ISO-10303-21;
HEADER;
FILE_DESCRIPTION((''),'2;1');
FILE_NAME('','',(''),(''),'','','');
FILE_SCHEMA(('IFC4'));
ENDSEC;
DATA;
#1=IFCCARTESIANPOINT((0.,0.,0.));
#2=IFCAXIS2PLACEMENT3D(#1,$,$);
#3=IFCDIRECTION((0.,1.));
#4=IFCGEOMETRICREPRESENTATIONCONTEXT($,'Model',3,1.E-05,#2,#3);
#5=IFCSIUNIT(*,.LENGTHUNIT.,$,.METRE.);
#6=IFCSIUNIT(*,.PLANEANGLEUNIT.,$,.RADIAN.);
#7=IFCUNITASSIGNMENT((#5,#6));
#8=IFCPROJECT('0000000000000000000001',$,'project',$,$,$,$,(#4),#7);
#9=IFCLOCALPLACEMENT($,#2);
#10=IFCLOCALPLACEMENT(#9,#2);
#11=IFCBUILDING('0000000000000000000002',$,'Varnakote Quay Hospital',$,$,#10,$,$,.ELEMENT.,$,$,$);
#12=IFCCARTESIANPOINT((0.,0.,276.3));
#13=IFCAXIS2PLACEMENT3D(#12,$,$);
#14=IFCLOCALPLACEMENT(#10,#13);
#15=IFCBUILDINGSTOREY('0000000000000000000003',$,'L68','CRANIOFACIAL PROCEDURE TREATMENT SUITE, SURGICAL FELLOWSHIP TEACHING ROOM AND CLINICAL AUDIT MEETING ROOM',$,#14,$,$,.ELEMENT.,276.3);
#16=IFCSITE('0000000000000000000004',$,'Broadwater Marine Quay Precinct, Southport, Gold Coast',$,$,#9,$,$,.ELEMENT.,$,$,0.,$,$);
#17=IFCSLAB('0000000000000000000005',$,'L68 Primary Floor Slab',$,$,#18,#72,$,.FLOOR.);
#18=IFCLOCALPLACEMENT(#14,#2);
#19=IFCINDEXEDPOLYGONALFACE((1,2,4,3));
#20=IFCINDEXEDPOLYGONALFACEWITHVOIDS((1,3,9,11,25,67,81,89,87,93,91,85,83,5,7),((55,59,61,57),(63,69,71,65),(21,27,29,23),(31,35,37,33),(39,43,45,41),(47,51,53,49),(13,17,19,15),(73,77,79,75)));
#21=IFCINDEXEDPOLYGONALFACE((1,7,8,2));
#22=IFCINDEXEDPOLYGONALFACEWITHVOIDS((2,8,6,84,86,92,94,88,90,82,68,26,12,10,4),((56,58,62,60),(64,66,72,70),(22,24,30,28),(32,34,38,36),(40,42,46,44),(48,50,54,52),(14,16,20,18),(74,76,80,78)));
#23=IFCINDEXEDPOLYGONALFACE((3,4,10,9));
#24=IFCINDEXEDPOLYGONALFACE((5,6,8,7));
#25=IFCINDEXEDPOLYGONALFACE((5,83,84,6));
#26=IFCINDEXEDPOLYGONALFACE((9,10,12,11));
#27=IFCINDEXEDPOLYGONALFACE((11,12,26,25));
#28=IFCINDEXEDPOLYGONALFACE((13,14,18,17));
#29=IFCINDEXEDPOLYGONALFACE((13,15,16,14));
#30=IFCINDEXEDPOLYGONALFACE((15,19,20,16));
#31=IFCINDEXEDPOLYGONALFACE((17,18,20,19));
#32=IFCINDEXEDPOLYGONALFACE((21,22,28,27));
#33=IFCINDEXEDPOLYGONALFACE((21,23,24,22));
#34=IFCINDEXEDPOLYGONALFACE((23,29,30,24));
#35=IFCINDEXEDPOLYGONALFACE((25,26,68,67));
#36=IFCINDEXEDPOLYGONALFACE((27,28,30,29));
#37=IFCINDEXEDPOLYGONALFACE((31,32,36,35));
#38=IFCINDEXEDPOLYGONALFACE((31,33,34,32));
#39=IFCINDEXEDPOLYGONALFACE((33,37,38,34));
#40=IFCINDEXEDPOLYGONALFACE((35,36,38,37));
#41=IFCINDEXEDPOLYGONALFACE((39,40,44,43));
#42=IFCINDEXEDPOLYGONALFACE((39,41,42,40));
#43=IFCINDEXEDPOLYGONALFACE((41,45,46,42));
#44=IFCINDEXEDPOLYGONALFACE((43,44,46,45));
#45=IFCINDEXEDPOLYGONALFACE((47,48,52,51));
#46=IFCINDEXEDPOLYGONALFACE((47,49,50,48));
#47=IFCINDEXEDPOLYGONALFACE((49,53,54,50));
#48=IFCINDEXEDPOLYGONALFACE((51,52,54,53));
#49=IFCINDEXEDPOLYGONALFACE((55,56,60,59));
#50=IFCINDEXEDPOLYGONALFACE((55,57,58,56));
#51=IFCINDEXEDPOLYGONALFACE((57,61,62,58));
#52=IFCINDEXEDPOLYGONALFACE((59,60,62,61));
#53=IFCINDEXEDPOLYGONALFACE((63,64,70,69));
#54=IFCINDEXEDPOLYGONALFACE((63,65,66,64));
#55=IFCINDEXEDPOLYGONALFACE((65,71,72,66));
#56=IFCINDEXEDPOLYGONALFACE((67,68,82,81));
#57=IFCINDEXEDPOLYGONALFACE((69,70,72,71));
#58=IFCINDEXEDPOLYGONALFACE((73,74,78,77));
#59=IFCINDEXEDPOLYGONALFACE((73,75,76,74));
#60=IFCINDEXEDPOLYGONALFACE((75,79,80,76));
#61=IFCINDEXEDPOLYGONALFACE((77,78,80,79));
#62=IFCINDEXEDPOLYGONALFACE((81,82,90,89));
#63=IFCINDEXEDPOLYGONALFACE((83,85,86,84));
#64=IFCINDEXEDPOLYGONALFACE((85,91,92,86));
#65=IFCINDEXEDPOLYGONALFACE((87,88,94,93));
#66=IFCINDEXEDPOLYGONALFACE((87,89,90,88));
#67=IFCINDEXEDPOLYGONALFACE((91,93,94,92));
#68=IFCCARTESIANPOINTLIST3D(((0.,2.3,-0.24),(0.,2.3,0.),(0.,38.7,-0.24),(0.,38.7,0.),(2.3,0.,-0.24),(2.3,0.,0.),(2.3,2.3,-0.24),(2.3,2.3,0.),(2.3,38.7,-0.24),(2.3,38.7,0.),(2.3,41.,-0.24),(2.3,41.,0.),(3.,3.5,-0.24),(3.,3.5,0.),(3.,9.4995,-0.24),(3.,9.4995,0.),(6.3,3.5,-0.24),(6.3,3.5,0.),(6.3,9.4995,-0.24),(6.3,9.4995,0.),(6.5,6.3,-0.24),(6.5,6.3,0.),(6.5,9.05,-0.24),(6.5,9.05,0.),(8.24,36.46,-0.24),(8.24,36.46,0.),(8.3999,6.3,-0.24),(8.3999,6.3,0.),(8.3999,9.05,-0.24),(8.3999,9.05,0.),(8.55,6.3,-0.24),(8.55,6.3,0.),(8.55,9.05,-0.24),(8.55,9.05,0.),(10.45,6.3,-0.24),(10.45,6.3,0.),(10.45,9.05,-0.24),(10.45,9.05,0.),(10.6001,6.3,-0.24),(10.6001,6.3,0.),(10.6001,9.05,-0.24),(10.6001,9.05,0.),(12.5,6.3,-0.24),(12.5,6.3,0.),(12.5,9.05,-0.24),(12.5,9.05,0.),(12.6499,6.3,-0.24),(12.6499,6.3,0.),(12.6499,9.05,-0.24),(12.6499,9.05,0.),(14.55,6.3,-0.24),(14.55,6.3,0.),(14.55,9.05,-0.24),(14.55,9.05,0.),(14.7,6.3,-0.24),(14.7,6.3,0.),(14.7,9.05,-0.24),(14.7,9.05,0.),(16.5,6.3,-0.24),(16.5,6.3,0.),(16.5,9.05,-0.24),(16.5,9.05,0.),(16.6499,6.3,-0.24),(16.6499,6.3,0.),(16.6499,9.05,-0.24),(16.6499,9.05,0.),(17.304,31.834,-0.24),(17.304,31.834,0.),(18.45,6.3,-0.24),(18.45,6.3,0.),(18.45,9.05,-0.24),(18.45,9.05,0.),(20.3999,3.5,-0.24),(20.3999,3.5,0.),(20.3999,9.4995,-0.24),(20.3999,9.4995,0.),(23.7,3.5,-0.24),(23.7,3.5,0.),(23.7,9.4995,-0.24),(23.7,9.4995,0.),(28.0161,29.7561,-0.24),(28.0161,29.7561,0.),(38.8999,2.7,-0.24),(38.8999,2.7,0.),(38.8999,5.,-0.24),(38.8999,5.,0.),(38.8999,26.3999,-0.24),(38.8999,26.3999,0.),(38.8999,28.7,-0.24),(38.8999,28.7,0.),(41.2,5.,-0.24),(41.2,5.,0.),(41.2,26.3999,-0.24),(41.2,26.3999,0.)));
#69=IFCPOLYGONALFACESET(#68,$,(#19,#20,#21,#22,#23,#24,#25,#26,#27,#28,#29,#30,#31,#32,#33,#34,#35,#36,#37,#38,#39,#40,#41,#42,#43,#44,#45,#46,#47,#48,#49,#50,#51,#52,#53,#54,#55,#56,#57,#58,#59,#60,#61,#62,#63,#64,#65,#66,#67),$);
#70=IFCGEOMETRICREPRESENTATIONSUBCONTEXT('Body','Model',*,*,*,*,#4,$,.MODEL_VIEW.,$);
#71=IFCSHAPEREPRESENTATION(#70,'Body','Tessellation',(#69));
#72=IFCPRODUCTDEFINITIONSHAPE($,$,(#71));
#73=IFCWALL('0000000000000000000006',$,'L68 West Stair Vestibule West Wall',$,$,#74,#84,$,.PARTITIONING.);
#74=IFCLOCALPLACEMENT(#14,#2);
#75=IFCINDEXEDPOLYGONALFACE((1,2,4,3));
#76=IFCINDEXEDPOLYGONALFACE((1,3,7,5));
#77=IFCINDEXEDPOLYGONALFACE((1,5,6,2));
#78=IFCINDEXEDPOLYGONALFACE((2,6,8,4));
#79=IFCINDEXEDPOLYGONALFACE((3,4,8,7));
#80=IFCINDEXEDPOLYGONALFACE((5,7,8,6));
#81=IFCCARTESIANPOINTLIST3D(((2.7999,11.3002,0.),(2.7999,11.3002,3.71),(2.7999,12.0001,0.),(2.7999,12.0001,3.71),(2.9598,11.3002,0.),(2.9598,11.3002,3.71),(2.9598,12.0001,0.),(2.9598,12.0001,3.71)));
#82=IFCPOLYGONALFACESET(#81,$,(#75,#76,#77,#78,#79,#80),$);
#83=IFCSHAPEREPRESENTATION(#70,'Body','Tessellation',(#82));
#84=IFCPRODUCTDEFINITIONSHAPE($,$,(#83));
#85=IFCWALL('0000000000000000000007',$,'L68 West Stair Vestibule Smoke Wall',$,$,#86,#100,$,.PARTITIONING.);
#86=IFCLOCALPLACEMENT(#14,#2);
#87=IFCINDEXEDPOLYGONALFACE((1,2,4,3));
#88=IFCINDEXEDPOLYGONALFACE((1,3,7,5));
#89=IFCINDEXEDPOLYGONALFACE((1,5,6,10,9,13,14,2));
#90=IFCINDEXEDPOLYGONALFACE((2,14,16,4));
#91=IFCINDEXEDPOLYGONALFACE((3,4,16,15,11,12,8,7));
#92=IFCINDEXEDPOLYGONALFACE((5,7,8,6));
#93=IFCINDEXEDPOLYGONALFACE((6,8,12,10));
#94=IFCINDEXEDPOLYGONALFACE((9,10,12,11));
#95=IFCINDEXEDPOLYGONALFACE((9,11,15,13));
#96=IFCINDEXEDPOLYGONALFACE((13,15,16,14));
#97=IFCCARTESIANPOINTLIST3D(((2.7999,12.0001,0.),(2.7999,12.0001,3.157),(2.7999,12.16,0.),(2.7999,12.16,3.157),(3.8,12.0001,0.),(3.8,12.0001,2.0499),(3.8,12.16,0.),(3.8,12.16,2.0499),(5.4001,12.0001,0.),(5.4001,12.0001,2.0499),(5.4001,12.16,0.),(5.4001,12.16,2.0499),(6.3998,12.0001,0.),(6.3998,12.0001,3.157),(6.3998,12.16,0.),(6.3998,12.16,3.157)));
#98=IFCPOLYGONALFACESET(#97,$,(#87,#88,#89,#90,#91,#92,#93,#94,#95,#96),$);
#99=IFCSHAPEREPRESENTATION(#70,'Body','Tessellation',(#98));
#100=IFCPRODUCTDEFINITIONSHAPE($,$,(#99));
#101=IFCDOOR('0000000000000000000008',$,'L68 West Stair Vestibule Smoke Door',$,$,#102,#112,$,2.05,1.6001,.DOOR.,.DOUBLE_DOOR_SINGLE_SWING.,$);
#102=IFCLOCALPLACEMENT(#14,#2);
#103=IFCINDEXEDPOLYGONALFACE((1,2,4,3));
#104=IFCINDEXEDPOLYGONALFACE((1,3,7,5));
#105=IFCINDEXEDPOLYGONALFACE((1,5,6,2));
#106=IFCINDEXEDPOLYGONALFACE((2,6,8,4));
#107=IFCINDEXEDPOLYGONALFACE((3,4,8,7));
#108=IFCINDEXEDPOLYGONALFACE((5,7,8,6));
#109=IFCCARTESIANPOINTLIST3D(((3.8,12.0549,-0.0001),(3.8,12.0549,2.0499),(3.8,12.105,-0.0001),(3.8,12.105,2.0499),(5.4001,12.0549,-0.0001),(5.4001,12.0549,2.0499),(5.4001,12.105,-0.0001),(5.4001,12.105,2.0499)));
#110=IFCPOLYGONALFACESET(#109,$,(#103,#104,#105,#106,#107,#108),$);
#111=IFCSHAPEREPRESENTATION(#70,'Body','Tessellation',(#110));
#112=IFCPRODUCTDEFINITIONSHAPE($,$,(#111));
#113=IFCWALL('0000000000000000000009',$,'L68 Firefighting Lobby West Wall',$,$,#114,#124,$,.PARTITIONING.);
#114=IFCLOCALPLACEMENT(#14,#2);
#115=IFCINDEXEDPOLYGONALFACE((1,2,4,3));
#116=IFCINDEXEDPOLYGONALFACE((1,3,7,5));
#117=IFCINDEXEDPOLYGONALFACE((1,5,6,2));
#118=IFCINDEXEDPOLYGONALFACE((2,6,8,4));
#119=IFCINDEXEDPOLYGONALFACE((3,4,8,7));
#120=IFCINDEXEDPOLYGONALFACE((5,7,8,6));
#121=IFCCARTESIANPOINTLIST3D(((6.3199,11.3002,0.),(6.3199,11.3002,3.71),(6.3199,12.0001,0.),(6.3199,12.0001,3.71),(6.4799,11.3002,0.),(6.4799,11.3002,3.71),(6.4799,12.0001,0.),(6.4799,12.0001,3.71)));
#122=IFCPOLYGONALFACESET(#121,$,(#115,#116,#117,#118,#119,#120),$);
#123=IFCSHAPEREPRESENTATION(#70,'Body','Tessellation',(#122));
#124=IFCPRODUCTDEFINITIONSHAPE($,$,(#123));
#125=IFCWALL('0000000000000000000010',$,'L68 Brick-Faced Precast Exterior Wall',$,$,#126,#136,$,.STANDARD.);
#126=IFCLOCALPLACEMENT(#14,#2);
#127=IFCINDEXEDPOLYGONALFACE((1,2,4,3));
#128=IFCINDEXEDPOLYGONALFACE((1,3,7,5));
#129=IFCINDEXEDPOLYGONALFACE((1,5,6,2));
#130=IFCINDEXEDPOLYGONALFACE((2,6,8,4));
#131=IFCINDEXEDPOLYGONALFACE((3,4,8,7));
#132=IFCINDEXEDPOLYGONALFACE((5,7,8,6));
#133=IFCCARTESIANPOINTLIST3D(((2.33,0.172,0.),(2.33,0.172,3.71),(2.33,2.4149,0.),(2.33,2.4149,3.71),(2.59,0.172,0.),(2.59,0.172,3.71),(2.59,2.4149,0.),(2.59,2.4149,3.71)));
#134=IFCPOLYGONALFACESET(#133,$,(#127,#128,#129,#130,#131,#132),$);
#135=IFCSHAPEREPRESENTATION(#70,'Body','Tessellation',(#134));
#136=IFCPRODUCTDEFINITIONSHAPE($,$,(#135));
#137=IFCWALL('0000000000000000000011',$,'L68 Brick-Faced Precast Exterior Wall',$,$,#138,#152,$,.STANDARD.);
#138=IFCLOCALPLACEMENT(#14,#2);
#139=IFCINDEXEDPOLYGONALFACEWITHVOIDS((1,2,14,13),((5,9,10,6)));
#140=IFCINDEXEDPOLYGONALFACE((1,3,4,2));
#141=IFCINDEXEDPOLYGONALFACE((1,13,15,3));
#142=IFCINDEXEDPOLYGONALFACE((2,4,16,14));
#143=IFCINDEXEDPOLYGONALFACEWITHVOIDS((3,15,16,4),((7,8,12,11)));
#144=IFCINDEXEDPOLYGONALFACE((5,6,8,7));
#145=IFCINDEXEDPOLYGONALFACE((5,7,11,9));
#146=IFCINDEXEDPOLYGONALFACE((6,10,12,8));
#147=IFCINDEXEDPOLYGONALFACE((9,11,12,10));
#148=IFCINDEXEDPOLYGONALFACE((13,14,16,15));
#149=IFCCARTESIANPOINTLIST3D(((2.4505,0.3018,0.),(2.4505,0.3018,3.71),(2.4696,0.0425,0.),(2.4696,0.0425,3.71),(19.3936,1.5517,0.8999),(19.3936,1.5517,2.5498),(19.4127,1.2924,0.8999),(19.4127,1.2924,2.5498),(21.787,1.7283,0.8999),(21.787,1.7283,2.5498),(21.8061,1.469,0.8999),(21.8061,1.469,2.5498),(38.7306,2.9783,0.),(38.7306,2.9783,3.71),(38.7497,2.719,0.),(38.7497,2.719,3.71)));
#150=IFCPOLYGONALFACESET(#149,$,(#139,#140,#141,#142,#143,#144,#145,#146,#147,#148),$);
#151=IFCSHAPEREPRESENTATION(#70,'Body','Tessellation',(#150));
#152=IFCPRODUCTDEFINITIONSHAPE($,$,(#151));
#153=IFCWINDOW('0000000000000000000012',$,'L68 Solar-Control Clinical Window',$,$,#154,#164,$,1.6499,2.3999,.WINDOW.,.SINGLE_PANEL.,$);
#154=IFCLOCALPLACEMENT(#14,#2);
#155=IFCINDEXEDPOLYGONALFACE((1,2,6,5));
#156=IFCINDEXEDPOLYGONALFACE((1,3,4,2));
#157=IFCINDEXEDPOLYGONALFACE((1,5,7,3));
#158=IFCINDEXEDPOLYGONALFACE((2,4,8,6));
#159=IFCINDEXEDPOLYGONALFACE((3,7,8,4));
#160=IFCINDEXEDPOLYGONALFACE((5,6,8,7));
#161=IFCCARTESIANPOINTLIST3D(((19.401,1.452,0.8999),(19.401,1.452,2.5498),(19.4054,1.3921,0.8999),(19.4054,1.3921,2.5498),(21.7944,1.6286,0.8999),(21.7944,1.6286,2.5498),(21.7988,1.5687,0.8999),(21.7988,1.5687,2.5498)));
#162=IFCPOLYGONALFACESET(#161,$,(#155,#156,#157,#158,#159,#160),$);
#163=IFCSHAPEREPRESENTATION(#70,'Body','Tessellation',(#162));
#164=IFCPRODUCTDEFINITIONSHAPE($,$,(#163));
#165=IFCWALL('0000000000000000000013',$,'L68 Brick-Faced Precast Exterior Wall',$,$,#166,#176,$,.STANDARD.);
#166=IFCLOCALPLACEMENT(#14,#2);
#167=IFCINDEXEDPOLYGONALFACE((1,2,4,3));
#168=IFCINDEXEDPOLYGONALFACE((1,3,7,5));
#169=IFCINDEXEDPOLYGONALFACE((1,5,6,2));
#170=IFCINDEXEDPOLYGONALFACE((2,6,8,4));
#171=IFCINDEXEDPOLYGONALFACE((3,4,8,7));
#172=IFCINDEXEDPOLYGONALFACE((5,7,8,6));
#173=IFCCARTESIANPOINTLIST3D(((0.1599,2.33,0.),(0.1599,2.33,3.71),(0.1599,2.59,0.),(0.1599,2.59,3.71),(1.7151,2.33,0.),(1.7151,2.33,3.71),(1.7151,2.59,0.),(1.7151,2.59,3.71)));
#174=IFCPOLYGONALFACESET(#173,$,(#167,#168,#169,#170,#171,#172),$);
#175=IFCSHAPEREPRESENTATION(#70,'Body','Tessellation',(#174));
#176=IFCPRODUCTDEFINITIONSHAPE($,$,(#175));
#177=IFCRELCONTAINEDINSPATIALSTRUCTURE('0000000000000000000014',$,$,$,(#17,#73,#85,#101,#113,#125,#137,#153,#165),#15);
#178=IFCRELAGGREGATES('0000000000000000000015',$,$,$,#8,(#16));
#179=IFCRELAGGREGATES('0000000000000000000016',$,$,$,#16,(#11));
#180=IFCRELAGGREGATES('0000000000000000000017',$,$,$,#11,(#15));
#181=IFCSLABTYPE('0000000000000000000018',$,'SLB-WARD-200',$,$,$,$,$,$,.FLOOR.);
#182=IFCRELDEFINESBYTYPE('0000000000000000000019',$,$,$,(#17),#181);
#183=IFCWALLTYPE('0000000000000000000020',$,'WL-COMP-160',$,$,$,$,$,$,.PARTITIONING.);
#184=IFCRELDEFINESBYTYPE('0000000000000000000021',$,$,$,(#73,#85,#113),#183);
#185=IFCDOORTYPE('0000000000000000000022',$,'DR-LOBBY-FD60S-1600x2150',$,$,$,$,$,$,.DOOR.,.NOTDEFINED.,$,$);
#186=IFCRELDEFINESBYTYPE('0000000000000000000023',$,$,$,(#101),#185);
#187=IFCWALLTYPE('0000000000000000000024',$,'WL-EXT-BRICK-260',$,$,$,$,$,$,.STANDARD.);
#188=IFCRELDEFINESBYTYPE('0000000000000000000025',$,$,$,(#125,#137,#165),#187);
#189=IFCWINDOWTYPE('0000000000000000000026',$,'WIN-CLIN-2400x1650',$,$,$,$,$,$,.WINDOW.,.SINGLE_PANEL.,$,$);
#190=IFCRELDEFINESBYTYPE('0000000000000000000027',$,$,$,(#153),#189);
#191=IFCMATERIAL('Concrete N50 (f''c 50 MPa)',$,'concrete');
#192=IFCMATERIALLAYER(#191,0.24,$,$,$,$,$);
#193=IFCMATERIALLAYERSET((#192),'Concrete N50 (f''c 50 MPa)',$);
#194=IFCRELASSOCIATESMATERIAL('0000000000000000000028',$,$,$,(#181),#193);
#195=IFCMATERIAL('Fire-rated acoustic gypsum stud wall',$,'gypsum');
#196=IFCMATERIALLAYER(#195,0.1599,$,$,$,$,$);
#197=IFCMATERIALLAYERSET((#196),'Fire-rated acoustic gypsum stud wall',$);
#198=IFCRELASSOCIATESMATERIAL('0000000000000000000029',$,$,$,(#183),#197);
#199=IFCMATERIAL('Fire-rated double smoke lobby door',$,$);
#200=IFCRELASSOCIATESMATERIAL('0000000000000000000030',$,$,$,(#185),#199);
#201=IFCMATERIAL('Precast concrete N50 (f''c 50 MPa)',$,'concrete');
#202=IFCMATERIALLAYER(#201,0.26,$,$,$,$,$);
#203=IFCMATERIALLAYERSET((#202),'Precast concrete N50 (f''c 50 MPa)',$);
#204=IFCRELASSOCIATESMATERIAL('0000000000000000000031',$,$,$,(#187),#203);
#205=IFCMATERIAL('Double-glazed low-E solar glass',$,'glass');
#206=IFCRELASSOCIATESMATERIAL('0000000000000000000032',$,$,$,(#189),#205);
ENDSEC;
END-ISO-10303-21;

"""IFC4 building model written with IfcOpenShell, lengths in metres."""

from ifc_helpers import new_model, si_unit, direction, frame, frame_2d, origin, place, context, subcontext, project, spatial, polyline, rectangle, outline, extrude, material, layer, layer_set, type_object, element, fill, save


model = new_model("IFC4")

# Units and contexts
model_context = context("Model", 3, precision=1e-05, world=origin(), true_north=direction((0.0, 1.0)))
body_context = subcontext(model_context, "Body", "Model", "MODEL_VIEW")
ifc_project = project(units=[si_unit("LENGTHUNIT", "METRE"), si_unit("PLANEANGLEUNIT", "RADIAN")], contexts=[model_context])

# Site, building, storey
site_placement = place(None, origin())
site = spatial("IfcSite", under=ifc_project, at=site_placement, Name="Broadwater Marine Quay Precinct, Southport, Gold Coast", CompositionType="ELEMENT", RefElevation=0.0)
building_placement = place(site_placement, origin())
building = spatial("IfcBuilding", under=site, at=building_placement, Name="Varnakote Quay Hospital", CompositionType="ELEMENT")
storey_placement = place(building_placement, frame((0.0, 0.0, 276.3)))
storey = spatial("IfcBuildingStorey", under=building, at=storey_placement, Name="L68", Description="CRANIOFACIAL PROCEDURE TREATMENT SUITE, SURGICAL FELLOWSHIP TEACHING ROOM AND CLINICAL AUDIT MEETING ROOM", CompositionType="ELEMENT", Elevation=276.3)

# Slab
ifc_material_1 = material(Name="Concrete N50 (f'c 50 MPa)", Category="concrete")
ifc_layer_1 = layer(ifc_material_1, 0.24)
ifc_layer_set_1 = layer_set([ifc_layer_1], Name="Concrete N50 (f'c 50 MPa)")
slab_type_1 = type_object("IfcSlabType", Name="SLB-WARD-200", PredefinedType="FLOOR", material=ifc_layer_set_1)
slab_1_placement = place(storey_placement, frame((0.0, 0.0, -0.24)))
element("IfcSlab", 1, at=slab_1_placement, inside=storey, type_object=slab_type_1, Name="L68 Primary Floor Slab", PredefinedType="FLOOR", context=body_context, shape_type="SweptSolid", body=[
    extrude(outline(polyline([(0.0, 2.3), (2.3, 2.3), (2.3, 0.0), (38.8999, 2.7), (38.8999, 5.0), (41.2, 5.0), (41.2, 26.3999), (38.8999, 26.3999), (38.8999, 28.7), (28.0161, 29.7561), (17.304, 31.834), (8.24, 36.46), (2.3, 41.0), (2.3, 38.7), (0.0, 38.7), (0.0, 2.3)]), holes=[polyline([(3.0, 3.5), (6.3, 3.5), (6.3, 9.4995), (3.0, 9.4995), (3.0, 3.5)]), polyline([(20.3999, 3.5), (23.7, 3.5), (23.7, 9.4995), (20.3999, 9.4995), (20.3999, 3.5)]), polyline([(6.5, 6.3), (8.3999, 6.3), (8.3999, 9.05), (6.5, 9.05), (6.5, 6.3)]), polyline([(8.55, 6.3), (10.45, 6.3), (10.45, 9.05), (8.55, 9.05), (8.55, 6.3)]), polyline([(10.6001, 6.3), (12.5, 6.3), (12.5, 9.05), (10.6001, 9.05), (10.6001, 6.3)]), polyline([(12.6499, 6.3), (14.55, 6.3), (14.55, 9.05), (12.6499, 9.05), (12.6499, 6.3)]), polyline([(14.7, 6.3), (16.5, 6.3), (16.5, 9.05), (14.7, 9.05), (14.7, 6.3)]), polyline([(16.6499, 6.3), (18.45, 6.3), (18.45, 9.05), (16.6499, 9.05), (16.6499, 6.3)])]), origin(), (0.0, 0.0, 1.0), 0.24),
])

# Wall
ifc_material_2 = material(Name="Fire-rated acoustic gypsum stud wall", Category="gypsum")
ifc_layer_2 = layer(ifc_material_2, 0.1599)
ifc_layer_set_2 = layer_set([ifc_layer_2], Name="Fire-rated acoustic gypsum stud wall")
wall_type_1 = type_object("IfcWallType", Name="WL-COMP-160", PredefinedType="PARTITIONING", material=ifc_layer_set_2)
wall_1_placement = place(storey_placement, frame((2.8799, 11.3, 0.0), z_axis=(0.0, 0.0, 1.0), x_axis=(0.0, 1.0, 0.0)))
element("IfcWall", 2, at=wall_1_placement, inside=storey, type_object=wall_type_1, Name="L68 West Stair Vestibule West Wall", PredefinedType="PARTITIONING", context=body_context, shape_type="SweptSolid", body=[
    extrude(rectangle(XDim=0.7, YDim=0.1599, at=frame_2d((0.3501, 0.0))), origin(), (0.0, 0.0, 1.0), 3.71),
])

# Wall, opening, door
wall_2_placement = place(storey_placement, frame((2.8, 12.0801, 0.0), z_axis=(0.0, 0.0, 1.0), x_axis=(1.0, 0.0, 0.0)))
wall_2 = element("IfcWall", 3, at=wall_2_placement, inside=storey, type_object=wall_type_1, Name="L68 West Stair Vestibule Smoke Wall", PredefinedType="PARTITIONING", context=body_context, shape_type="SweptSolid", body=[
    extrude(rectangle(XDim=3.5999, YDim=0.1599, at=frame_2d((1.7998, 0.0))), origin(), (0.0, 0.0, 1.0), 3.157),
])
opening_1_placement = place(wall_2_placement, frame((1.0, 0.0, 0.0)))
opening_1 = element("IfcOpeningElement", 4, at=opening_1_placement, cuts=wall_2, PredefinedType="OPENING", context=body_context, shape_type="SweptSolid", body=[
    extrude(rectangle(XDim=1.6001, YDim=2.05, at=frame_2d((0.8, 1.0249))), frame((0.0, 0.0898, 0.0), z_axis=(0.0, -1.0, 0.0), x_axis=(1.0, 0.0, 0.0)), (0.0, 0.0, 1.0), 0.1799),
])
ifc_material_3 = material(Name="Fire-rated double smoke lobby door")
door_type_1 = type_object("IfcDoorType", Name="DR-LOBBY-FD60S-1600x2150", OperationType="NOTDEFINED", PredefinedType="DOOR", material=ifc_material_3)
door_1_placement = place(opening_1_placement, origin())
door_1 = element("IfcDoor", 5, at=door_1_placement, inside=storey, type_object=door_type_1, Name="L68 West Stair Vestibule Smoke Door", OperationType="DOUBLE_DOOR_SINGLE_SWING", OverallHeight=2.05, OverallWidth=1.6001, PredefinedType="DOOR", context=body_context, shape_type="SweptSolid", body=[
    extrude(rectangle(XDim=1.6001, YDim=2.05, at=frame_2d((0.8, 1.0249))), frame((0.0, 0.0249, 0.0), z_axis=(0.0, -1.0, 0.0), x_axis=(1.0, 0.0, 0.0)), (0.0, 0.0, 1.0), 0.05),
])
fill(opening_1, door_1)

# Walls
wall_3_placement = place(storey_placement, frame((6.3999, 11.3, 0.0), z_axis=(0.0, 0.0, 1.0), x_axis=(0.0, 1.0, 0.0)))
element("IfcWall", 6, at=wall_3_placement, inside=storey, type_object=wall_type_1, Name="L68 Firefighting Lobby West Wall", PredefinedType="PARTITIONING", context=body_context, shape_type="SweptSolid", body=[
    extrude(rectangle(XDim=0.7, YDim=0.1599, at=frame_2d((0.3501, 0.0))), origin(), (0.0, 0.0, 1.0), 3.71),
])
ifc_material_4 = material(Name="Precast concrete N50 (f'c 50 MPa)", Category="concrete")
ifc_layer_3 = layer(ifc_material_4, 0.26)
ifc_layer_set_3 = layer_set([ifc_layer_3], Name="Precast concrete N50 (f'c 50 MPa)")
wall_type_2 = type_object("IfcWallType", Name="WL-EXT-BRICK-260", PredefinedType="STANDARD", material=ifc_layer_set_3)
wall_4_placement = place(storey_placement, frame((2.46, 2.415, 0.0), z_axis=(0.0, 0.0, 1.0), x_axis=(0.0, -1.0, 0.0)))
element("IfcWall", 7, at=wall_4_placement, inside=storey, type_object=wall_type_2, Name="L68 Brick-Faced Precast Exterior Wall", PredefinedType="STANDARD", context=body_context, shape_type="SweptSolid", body=[
    extrude(rectangle(XDim=2.2429, YDim=0.26, at=frame_2d((1.1216, 0.0))), origin(), (0.0, 0.0, 1.0), 3.71),
])

# Wall, opening, window
wall_5_placement = place(storey_placement, frame((2.46, 0.1721, 0.0), z_axis=(0.0, 0.0, 1.0), x_axis=(0.99729, 0.073574, 0.0)))
wall_5 = element("IfcWall", 8, at=wall_5_placement, inside=storey, type_object=wall_type_2, Name="L68 Brick-Faced Precast Exterior Wall", PredefinedType="STANDARD", context=body_context, shape_type="SweptSolid", body=[
    extrude(rectangle(XDim=36.3787, YDim=0.26, at=frame_2d((18.1895, 0.0))), origin(), (0.0, 0.0, 1.0), 3.71),
])
opening_2_placement = place(wall_5_placement, frame((16.9893, 0.0, 0.8999)))
opening_2 = element("IfcOpeningElement", 9, at=opening_2_placement, cuts=wall_5, PredefinedType="OPENING", context=body_context, shape_type="SweptSolid", body=[
    extrude(rectangle(XDim=2.3999, YDim=1.6499, at=frame_2d((1.2, 0.825))), frame((0.0, 0.1399, 0.0), z_axis=(0.0, -1.0, 0.0), x_axis=(1.0, 0.0, 0.0)), (0.0, 0.0, 1.0), 0.28),
])
ifc_material_5 = material(Name="Double-glazed low-E solar glass", Category="glass")
window_type = type_object("IfcWindowType", Name="WIN-CLIN-2400x1650", PartitioningType="SINGLE_PANEL", PredefinedType="WINDOW", material=ifc_material_5)
window_placement = place(opening_2_placement, origin())
window = element("IfcWindow", 10, at=window_placement, inside=storey, type_object=window_type, Name="L68 Solar-Control Clinical Window", OverallHeight=1.6499, OverallWidth=2.3999, PartitioningType="SINGLE_PANEL", PredefinedType="WINDOW", context=body_context, shape_type="SweptSolid", body=[
    extrude(rectangle(XDim=2.3999, YDim=1.6499, at=frame_2d((1.2, 0.825))), frame((0.0, 0.03, 0.0), z_axis=(0.0, -1.0, 0.0), x_axis=(1.0, 0.0, 0.0)), (0.0, 0.0, 1.0), 0.0601),
])
fill(opening_2, window)

# Wall
wall_6_placement = place(storey_placement, frame((0.1599, 2.46, 0.0), z_axis=(0.0, 0.0, 1.0), x_axis=(1.0, 0.0, 0.0)))
element("IfcWall", 11, at=wall_6_placement, inside=storey, type_object=wall_type_2, Name="L68 Brick-Faced Precast Exterior Wall", PredefinedType="STANDARD", context=body_context, shape_type="SweptSolid", body=[
    extrude(rectangle(XDim=1.5552, YDim=0.26, at=frame_2d((0.7776, 0.0))), origin(), (0.0, 0.0, 1.0), 3.71),
])

save(model, "model.ifc")
